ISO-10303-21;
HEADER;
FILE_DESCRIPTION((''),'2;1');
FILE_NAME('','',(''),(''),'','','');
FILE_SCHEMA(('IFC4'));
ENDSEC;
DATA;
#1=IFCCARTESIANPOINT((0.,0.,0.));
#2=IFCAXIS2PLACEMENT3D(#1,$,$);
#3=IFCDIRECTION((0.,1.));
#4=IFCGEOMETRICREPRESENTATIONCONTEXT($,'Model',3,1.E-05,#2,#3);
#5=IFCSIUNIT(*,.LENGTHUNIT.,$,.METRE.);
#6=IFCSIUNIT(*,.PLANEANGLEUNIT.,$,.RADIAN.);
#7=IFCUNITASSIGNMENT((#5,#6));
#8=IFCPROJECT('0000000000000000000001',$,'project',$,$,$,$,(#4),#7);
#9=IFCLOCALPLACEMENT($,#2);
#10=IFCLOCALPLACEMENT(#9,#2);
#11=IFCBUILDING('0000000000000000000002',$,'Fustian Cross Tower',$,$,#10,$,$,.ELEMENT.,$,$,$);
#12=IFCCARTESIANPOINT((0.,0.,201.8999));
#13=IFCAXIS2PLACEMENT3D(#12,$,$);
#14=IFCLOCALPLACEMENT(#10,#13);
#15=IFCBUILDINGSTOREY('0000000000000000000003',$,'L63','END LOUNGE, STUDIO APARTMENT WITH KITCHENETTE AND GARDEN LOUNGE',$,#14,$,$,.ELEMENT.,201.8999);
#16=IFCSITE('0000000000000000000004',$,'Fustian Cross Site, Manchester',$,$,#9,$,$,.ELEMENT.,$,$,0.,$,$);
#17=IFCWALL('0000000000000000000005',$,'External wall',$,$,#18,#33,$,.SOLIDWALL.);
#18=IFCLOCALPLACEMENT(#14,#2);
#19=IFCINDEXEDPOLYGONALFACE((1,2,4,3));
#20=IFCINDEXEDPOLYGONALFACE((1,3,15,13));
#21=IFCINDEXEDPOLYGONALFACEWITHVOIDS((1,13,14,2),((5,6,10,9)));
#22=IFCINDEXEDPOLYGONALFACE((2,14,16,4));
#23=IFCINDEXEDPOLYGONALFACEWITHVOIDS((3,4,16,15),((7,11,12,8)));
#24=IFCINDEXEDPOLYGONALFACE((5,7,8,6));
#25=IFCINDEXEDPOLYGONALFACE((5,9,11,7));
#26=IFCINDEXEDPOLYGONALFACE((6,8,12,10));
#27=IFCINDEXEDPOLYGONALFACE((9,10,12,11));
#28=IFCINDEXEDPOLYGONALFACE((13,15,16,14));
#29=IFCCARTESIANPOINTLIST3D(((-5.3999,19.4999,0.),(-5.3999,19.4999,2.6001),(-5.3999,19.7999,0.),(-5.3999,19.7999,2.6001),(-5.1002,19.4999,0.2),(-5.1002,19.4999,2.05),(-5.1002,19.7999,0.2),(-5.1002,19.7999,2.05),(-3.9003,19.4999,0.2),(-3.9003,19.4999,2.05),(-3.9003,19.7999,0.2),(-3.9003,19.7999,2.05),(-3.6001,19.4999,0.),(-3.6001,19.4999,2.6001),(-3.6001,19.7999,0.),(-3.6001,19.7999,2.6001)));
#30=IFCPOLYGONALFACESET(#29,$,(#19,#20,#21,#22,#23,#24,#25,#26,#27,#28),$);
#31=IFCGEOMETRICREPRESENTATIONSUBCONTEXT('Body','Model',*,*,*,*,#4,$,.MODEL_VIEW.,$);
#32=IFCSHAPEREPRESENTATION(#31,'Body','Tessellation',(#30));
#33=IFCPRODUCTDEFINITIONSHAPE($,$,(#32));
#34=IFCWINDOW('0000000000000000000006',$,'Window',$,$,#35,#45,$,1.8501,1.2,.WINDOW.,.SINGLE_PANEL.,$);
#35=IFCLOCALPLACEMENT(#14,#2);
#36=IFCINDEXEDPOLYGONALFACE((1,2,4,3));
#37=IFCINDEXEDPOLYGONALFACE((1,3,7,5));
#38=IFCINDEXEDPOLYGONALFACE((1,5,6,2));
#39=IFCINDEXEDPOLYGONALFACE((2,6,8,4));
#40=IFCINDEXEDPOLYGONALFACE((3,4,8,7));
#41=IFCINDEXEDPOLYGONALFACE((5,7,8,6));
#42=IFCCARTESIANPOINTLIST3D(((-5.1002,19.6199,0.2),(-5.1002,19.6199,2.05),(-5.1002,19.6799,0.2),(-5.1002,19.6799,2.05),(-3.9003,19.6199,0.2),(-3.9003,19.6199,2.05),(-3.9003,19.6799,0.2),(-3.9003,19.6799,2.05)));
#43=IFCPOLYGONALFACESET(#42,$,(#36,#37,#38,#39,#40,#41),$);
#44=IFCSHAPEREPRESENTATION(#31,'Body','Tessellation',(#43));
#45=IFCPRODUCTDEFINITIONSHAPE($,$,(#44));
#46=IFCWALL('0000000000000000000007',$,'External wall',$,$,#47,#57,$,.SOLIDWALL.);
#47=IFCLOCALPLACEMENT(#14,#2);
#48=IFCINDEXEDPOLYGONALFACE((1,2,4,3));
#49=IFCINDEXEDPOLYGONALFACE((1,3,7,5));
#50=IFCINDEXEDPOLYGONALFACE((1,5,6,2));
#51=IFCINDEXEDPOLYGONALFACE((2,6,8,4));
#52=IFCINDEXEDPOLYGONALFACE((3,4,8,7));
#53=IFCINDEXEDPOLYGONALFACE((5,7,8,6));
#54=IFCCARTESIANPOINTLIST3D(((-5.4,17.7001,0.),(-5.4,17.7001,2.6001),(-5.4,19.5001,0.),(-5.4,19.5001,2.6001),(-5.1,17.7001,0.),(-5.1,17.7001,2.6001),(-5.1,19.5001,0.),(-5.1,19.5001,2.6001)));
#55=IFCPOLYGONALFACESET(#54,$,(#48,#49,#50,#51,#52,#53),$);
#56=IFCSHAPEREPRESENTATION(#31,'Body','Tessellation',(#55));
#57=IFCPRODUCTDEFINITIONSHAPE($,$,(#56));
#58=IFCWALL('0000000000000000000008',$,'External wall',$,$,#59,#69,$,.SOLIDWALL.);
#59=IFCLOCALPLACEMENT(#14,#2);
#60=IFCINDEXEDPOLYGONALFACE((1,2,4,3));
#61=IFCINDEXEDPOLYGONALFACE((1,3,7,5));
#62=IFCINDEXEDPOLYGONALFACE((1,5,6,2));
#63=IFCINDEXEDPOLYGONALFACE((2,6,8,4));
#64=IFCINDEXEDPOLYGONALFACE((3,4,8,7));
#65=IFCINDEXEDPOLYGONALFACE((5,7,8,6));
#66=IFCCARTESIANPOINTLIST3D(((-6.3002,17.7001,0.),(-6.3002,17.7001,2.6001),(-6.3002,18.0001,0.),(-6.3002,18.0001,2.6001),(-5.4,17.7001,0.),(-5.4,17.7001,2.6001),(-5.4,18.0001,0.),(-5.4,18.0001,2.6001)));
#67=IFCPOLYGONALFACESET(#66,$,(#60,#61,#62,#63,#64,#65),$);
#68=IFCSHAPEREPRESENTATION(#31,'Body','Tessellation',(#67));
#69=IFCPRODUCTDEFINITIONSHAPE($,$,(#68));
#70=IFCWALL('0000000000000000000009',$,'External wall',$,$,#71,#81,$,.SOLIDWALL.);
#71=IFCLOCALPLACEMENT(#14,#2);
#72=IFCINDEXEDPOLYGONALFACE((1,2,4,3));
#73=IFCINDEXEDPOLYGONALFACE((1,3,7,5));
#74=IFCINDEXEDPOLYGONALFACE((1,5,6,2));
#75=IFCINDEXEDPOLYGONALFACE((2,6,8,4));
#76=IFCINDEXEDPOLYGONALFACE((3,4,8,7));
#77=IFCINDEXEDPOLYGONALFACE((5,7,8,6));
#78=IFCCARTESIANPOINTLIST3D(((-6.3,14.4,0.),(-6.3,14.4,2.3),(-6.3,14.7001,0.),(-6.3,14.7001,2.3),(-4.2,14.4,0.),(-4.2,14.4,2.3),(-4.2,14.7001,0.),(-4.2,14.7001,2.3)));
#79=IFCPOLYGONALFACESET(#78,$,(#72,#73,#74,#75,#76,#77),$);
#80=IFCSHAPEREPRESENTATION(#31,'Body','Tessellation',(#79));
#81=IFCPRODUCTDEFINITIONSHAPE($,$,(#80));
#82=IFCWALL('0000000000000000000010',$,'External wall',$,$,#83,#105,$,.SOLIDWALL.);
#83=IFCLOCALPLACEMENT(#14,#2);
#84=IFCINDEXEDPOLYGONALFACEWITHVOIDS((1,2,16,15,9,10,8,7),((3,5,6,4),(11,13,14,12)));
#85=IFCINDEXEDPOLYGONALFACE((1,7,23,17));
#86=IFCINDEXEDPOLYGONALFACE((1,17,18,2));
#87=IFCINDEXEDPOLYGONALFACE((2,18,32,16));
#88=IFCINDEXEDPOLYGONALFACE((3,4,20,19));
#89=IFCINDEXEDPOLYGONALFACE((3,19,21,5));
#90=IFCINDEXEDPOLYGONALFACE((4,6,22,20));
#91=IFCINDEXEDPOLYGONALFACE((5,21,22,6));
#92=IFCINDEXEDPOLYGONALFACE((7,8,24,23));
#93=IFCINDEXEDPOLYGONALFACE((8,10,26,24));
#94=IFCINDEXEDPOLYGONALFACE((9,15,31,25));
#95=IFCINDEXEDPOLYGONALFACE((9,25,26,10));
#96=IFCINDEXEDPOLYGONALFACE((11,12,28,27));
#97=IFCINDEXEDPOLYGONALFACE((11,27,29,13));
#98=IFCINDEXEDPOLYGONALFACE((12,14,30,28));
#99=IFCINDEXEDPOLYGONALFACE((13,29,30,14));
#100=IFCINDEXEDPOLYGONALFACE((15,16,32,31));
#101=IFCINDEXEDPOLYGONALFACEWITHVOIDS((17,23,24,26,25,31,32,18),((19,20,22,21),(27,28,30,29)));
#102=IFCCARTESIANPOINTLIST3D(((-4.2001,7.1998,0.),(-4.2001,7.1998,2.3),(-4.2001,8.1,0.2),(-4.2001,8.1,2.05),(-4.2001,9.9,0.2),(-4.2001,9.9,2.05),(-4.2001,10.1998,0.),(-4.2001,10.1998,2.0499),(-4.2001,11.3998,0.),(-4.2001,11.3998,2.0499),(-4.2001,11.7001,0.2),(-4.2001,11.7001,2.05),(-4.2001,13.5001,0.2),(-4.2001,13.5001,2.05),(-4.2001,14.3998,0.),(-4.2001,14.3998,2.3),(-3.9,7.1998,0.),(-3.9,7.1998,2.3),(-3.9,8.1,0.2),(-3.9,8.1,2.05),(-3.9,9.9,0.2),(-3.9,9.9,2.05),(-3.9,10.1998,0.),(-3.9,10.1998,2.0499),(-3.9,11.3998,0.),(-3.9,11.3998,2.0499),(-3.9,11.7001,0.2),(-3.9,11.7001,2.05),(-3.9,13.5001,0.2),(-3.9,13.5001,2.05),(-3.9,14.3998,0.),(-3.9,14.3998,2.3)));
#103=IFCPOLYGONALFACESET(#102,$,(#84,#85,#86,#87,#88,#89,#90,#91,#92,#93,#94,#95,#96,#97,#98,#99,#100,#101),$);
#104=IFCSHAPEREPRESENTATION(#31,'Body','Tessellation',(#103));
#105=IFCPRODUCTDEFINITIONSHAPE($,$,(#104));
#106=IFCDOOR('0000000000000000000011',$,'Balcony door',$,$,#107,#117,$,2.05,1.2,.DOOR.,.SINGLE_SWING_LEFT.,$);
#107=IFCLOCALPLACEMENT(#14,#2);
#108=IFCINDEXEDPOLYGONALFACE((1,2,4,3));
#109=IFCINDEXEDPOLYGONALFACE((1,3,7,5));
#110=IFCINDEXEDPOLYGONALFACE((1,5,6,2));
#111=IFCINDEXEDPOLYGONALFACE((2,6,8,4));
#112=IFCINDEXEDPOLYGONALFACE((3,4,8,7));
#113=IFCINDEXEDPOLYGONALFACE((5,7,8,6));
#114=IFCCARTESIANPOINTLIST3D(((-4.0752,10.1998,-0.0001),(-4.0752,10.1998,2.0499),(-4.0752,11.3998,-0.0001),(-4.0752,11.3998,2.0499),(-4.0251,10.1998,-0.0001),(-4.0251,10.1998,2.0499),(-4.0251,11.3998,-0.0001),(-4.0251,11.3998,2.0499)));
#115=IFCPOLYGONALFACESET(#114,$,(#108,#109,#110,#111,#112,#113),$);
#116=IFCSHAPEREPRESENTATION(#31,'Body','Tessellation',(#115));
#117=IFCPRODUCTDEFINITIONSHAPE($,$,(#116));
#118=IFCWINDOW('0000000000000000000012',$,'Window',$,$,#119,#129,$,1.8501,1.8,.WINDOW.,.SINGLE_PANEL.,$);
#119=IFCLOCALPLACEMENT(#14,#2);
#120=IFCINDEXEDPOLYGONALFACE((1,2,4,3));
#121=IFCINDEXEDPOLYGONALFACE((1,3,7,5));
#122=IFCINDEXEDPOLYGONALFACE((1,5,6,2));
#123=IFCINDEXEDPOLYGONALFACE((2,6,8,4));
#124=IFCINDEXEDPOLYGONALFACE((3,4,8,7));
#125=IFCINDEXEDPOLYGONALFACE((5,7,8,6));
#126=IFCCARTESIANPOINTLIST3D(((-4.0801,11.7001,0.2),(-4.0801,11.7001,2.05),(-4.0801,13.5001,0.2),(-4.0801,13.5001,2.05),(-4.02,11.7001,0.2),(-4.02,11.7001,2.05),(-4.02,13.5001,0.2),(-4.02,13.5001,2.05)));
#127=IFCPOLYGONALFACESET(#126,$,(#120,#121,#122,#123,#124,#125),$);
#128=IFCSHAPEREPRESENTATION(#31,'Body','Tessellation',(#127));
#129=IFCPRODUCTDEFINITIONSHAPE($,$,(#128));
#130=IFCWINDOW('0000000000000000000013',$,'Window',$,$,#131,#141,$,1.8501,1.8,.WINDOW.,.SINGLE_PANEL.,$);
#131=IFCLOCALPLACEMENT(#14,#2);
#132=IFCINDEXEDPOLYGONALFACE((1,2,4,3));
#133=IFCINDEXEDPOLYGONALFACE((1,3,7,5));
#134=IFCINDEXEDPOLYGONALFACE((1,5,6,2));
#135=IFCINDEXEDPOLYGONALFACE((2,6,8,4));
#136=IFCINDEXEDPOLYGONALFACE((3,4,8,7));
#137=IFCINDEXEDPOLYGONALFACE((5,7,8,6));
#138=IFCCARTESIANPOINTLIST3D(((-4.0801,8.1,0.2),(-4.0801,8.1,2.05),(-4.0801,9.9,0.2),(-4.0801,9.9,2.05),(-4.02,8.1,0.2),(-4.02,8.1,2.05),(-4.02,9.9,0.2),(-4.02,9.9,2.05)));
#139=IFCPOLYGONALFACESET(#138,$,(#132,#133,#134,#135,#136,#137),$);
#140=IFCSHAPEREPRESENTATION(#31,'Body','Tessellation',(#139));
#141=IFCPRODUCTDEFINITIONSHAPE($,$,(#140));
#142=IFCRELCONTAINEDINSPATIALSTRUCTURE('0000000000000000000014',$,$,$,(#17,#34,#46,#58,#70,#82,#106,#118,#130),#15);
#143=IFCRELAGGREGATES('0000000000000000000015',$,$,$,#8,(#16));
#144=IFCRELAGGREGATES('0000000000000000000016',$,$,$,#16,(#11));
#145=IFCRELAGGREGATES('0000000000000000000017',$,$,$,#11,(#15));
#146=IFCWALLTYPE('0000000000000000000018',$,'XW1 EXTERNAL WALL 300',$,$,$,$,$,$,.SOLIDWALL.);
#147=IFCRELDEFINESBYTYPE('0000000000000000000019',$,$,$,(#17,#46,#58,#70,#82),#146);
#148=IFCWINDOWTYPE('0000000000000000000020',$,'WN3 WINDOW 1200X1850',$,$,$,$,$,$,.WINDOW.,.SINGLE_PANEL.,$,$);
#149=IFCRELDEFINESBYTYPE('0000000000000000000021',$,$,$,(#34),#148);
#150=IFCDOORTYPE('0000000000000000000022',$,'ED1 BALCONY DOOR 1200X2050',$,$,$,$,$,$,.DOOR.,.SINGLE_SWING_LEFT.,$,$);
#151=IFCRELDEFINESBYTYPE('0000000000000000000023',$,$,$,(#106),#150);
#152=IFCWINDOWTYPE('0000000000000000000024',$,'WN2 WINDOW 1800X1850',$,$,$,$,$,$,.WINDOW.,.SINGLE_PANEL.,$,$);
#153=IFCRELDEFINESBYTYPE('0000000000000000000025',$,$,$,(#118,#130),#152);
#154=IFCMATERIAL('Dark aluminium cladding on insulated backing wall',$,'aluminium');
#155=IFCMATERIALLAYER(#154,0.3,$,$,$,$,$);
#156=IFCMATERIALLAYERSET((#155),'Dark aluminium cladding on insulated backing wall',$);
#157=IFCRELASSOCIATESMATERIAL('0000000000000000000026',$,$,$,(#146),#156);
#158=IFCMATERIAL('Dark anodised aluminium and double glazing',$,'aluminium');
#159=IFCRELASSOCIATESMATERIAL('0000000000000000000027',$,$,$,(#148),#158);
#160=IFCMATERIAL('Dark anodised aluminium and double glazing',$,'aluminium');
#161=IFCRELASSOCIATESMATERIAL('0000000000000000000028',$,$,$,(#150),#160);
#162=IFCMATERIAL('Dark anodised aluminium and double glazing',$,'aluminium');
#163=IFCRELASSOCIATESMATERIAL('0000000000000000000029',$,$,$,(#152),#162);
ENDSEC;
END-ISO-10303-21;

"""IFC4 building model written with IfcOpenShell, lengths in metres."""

from ifc_helpers import new_model, si_unit, direction, frame, frame_2d, origin, place, context, subcontext, project, spatial, rectangle, extrude, material, layer, layer_set, type_object, element, fill, save


model = new_model("IFC4")

# Units and contexts
model_context = context("Model", 3, precision=1e-05, world=origin(), true_north=direction((0.0, 1.0)))
body_context = subcontext(model_context, "Body", "Model", "MODEL_VIEW")
ifc_project = project(units=[si_unit("LENGTHUNIT", "METRE"), si_unit("PLANEANGLEUNIT", "RADIAN")], contexts=[model_context])

# Site, building, storey
site_placement = place(None, origin())
site = spatial("IfcSite", under=ifc_project, at=site_placement, Name="Fustian Cross Site, Manchester", CompositionType="ELEMENT", RefElevation=0.0)
building_placement = place(site_placement, origin())
building = spatial("IfcBuilding", under=site, at=building_placement, Name="Fustian Cross Tower", CompositionType="ELEMENT")
storey_placement = place(building_placement, frame((0.0, 0.0, 201.8999)))
storey = spatial("IfcBuildingStorey", under=building, at=storey_placement, Name="L63", Description="END LOUNGE, STUDIO APARTMENT WITH KITCHENETTE AND GARDEN LOUNGE", CompositionType="ELEMENT", Elevation=201.8999)

# Shared definitions
ifc_material_1 = material(Name="Dark aluminium cladding on insulated backing wall", Category="aluminium")
ifc_layer_1 = layer(ifc_material_1, 0.3)
ifc_layer_set_1 = layer_set([ifc_layer_1], Name="Dark aluminium cladding on insulated backing wall")
wall_type_1 = type_object("IfcWallType", Name="XW1 EXTERNAL WALL 300", PredefinedType="SOLIDWALL", material=ifc_layer_set_1)

# Wall, opening, window
wall_1_placement = place(storey_placement, frame((-3.6001, 19.6499, 0.0), z_axis=(0.0, 0.0, 1.0), x_axis=(-1.0, 0.0, 0.0)))
wall_1 = element("IfcWall", 1, at=wall_1_placement, inside=storey, type_object=wall_type_1, Name="External wall", PredefinedType="SOLIDWALL", context=body_context, shape_type="SweptSolid", body=[
    extrude(rectangle(XDim=1.7998, YDim=0.3, at=frame_2d((0.8999, 0.0))), origin(), (0.0, 0.0, 1.0), 2.6001),
])
opening_1_placement = place(wall_1_placement, frame((0.3, 0.0, 0.2)))
opening_1 = element("IfcOpeningElement", 2, at=opening_1_placement, cuts=wall_1, PredefinedType="OPENING", context=body_context, shape_type="SweptSolid", body=[
    extrude(rectangle(XDim=1.2, YDim=1.8501, at=frame_2d((0.6001, 0.925))), frame((0.0, 0.1599, 0.0), z_axis=(0.0, -1.0, 0.0), x_axis=(1.0, 0.0, 0.0)), (0.0, 0.0, 1.0), 0.3201),
])
ifc_material_2 = material(Name="Dark anodised aluminium and double glazing", Category="aluminium")
window_type_1 = type_object("IfcWindowType", Name="WN3 WINDOW 1200X1850", PartitioningType="SINGLE_PANEL", PredefinedType="WINDOW", material=ifc_material_2)
window_1_placement = place(opening_1_placement, origin())
window_1 = element("IfcWindow", 3, at=window_1_placement, inside=storey, type_object=window_type_1, Name="Window", OverallHeight=1.8501, OverallWidth=1.2, PartitioningType="SINGLE_PANEL", PredefinedType="WINDOW", context=body_context, shape_type="SweptSolid", body=[
    extrude(rectangle(XDim=1.2, YDim=1.8501, at=frame_2d((0.6001, 0.925))), frame((0.0, 0.03, 0.0), z_axis=(0.0, -1.0, 0.0), x_axis=(1.0, 0.0, 0.0)), (0.0, 0.0, 1.0), 0.0601),
])
fill(opening_1, window_1)

# Walls
wall_2_placement = place(storey_placement, frame((-5.25, 19.5, 0.0), z_axis=(0.0, 0.0, 1.0), x_axis=(0.0, -1.0, 0.0)))
element("IfcWall", 4, at=wall_2_placement, inside=storey, type_object=wall_type_1, Name="External wall", PredefinedType="SOLIDWALL", context=body_context, shape_type="SweptSolid", body=[
    extrude(rectangle(XDim=1.8, YDim=0.3, at=frame_2d((0.8999, 0.0))), origin(), (0.0, 0.0, 1.0), 2.6001),
])
wall_3_placement = place(storey_placement, frame((-5.3999, 17.8501, 0.0), z_axis=(0.0, 0.0, 1.0), x_axis=(-1.0, 0.0, 0.0)))
element("IfcWall", 5, at=wall_3_placement, inside=storey, type_object=wall_type_1, Name="External wall", PredefinedType="SOLIDWALL", context=body_context, shape_type="SweptSolid", body=[
    extrude(rectangle(XDim=0.9001, YDim=0.3, at=frame_2d((0.4502, 0.0))), origin(), (0.0, 0.0, 1.0), 2.6001),
])
wall_4_placement = place(storey_placement, frame((-6.3, 14.55, 0.0), z_axis=(0.0, 0.0, 1.0), x_axis=(1.0, 0.0, 0.0)))
element("IfcWall", 6, at=wall_4_placement, inside=storey, type_object=wall_type_1, Name="External wall", PredefinedType="SOLIDWALL", context=body_context, shape_type="SweptSolid", body=[
    extrude(rectangle(XDim=2.1001, YDim=0.3, at=frame_2d((1.05, 0.0))), origin(), (0.0, 0.0, 1.0), 2.3),
])

# Wall, openings, door, windows
wall_5_placement = place(storey_placement, frame((-4.05, 14.3999, 0.0), z_axis=(0.0, 0.0, 1.0), x_axis=(0.0, -1.0, 0.0)))
wall_5 = element("IfcWall", 7, at=wall_5_placement, inside=storey, type_object=wall_type_1, Name="External wall", PredefinedType="SOLIDWALL", context=body_context, shape_type="SweptSolid", body=[
    extrude(rectangle(XDim=7.2, YDim=0.3, at=frame_2d((3.6001, 0.0))), origin(), (0.0, 0.0, 1.0), 2.3),
])
opening_2_placement = place(wall_5_placement, frame((3.0, 0.0, 0.0)))
opening_2 = element("IfcOpeningElement", 8, at=opening_2_placement, cuts=wall_5, PredefinedType="OPENING", context=body_context, shape_type="SweptSolid", body=[
    extrude(rectangle(XDim=1.2, YDim=2.05, at=frame_2d((0.6001, 1.0249))), frame((0.0, 0.1599, 0.0), z_axis=(0.0, -1.0, 0.0), x_axis=(1.0, 0.0, 0.0)), (0.0, 0.0, 1.0), 0.3201),
])
opening_3_placement = place(wall_5_placement, frame((0.8999, 0.0, 0.2)))
opening_3 = element("IfcOpeningElement", 9, at=opening_3_placement, cuts=wall_5, PredefinedType="OPENING", context=body_context, shape_type="SweptSolid", body=[
    extrude(rectangle(XDim=1.8, YDim=1.8501, at=frame_2d((0.8999, 0.925))), frame((0.0, 0.1599, 0.0), z_axis=(0.0, -1.0, 0.0), x_axis=(1.0, 0.0, 0.0)), (0.0, 0.0, 1.0), 0.3201),
])
opening_4_placement = place(wall_5_placement, frame((4.5, 0.0, 0.2)))
opening_4 = element("IfcOpeningElement", 10, at=opening_4_placement, cuts=wall_5, PredefinedType="OPENING", context=body_context, shape_type="SweptSolid", body=[
    extrude(rectangle(XDim=1.8, YDim=1.8501, at=frame_2d((0.8999, 0.925))), frame((0.0, 0.1599, 0.0), z_axis=(0.0, -1.0, 0.0), x_axis=(1.0, 0.0, 0.0)), (0.0, 0.0, 1.0), 0.3201),
])
ifc_material_3 = material(Name="Dark anodised aluminium and double glazing", Category="aluminium")
door_type_1 = type_object("IfcDoorType", Name="ED1 BALCONY DOOR 1200X2050", OperationType="SINGLE_SWING_LEFT", PredefinedType="DOOR", material=ifc_material_3)
door_1_placement = place(opening_2_placement, origin())
door_1 = element("IfcDoor", 11, at=door_1_placement, inside=storey, type_object=door_type_1, Name="Balcony door", OperationType="SINGLE_SWING_LEFT", OverallHeight=2.05, OverallWidth=1.2, PredefinedType="DOOR", context=body_context, shape_type="SweptSolid", body=[
    extrude(rectangle(XDim=1.2, YDim=2.05, at=frame_2d((0.6001, 1.0249))), frame((0.0, 0.0249, 0.0), z_axis=(0.0, -1.0, 0.0), x_axis=(1.0, 0.0, 0.0)), (0.0, 0.0, 1.0), 0.05),
])
fill(opening_2, door_1)
ifc_material_4 = material(Name="Dark anodised aluminium and double glazing", Category="aluminium")
window_type_2 = type_object("IfcWindowType", Name="WN2 WINDOW 1800X1850", PartitioningType="SINGLE_PANEL", PredefinedType="WINDOW", material=ifc_material_4)
window_2_placement = place(opening_3_placement, origin())
window_2 = element("IfcWindow", 12, at=window_2_placement, inside=storey, type_object=window_type_2, Name="Window", OverallHeight=1.8501, OverallWidth=1.8, PartitioningType="SINGLE_PANEL", PredefinedType="WINDOW", context=body_context, shape_type="SweptSolid", body=[
    extrude(rectangle(XDim=1.8, YDim=1.8501, at=frame_2d((0.8999, 0.925))), frame((0.0, 0.03, 0.0), z_axis=(0.0, -1.0, 0.0), x_axis=(1.0, 0.0, 0.0)), (0.0, 0.0, 1.0), 0.0601),
])
fill(opening_3, window_2)
window_3_placement = place(opening_4_placement, origin())
window_3 = element("IfcWindow", 13, at=window_3_placement, inside=storey, type_object=window_type_2, Name="Window", OverallHeight=1.8501, OverallWidth=1.8, PartitioningType="SINGLE_PANEL", PredefinedType="WINDOW", context=body_context, shape_type="SweptSolid", body=[
    extrude(rectangle(XDim=1.8, YDim=1.8501, at=frame_2d((0.8999, 0.925))), frame((0.0, 0.03, 0.0), z_axis=(0.0, -1.0, 0.0), x_axis=(1.0, 0.0, 0.0)), (0.0, 0.0, 1.0), 0.0601),
])
fill(opening_4, window_3)

save(model, "model.ifc")
